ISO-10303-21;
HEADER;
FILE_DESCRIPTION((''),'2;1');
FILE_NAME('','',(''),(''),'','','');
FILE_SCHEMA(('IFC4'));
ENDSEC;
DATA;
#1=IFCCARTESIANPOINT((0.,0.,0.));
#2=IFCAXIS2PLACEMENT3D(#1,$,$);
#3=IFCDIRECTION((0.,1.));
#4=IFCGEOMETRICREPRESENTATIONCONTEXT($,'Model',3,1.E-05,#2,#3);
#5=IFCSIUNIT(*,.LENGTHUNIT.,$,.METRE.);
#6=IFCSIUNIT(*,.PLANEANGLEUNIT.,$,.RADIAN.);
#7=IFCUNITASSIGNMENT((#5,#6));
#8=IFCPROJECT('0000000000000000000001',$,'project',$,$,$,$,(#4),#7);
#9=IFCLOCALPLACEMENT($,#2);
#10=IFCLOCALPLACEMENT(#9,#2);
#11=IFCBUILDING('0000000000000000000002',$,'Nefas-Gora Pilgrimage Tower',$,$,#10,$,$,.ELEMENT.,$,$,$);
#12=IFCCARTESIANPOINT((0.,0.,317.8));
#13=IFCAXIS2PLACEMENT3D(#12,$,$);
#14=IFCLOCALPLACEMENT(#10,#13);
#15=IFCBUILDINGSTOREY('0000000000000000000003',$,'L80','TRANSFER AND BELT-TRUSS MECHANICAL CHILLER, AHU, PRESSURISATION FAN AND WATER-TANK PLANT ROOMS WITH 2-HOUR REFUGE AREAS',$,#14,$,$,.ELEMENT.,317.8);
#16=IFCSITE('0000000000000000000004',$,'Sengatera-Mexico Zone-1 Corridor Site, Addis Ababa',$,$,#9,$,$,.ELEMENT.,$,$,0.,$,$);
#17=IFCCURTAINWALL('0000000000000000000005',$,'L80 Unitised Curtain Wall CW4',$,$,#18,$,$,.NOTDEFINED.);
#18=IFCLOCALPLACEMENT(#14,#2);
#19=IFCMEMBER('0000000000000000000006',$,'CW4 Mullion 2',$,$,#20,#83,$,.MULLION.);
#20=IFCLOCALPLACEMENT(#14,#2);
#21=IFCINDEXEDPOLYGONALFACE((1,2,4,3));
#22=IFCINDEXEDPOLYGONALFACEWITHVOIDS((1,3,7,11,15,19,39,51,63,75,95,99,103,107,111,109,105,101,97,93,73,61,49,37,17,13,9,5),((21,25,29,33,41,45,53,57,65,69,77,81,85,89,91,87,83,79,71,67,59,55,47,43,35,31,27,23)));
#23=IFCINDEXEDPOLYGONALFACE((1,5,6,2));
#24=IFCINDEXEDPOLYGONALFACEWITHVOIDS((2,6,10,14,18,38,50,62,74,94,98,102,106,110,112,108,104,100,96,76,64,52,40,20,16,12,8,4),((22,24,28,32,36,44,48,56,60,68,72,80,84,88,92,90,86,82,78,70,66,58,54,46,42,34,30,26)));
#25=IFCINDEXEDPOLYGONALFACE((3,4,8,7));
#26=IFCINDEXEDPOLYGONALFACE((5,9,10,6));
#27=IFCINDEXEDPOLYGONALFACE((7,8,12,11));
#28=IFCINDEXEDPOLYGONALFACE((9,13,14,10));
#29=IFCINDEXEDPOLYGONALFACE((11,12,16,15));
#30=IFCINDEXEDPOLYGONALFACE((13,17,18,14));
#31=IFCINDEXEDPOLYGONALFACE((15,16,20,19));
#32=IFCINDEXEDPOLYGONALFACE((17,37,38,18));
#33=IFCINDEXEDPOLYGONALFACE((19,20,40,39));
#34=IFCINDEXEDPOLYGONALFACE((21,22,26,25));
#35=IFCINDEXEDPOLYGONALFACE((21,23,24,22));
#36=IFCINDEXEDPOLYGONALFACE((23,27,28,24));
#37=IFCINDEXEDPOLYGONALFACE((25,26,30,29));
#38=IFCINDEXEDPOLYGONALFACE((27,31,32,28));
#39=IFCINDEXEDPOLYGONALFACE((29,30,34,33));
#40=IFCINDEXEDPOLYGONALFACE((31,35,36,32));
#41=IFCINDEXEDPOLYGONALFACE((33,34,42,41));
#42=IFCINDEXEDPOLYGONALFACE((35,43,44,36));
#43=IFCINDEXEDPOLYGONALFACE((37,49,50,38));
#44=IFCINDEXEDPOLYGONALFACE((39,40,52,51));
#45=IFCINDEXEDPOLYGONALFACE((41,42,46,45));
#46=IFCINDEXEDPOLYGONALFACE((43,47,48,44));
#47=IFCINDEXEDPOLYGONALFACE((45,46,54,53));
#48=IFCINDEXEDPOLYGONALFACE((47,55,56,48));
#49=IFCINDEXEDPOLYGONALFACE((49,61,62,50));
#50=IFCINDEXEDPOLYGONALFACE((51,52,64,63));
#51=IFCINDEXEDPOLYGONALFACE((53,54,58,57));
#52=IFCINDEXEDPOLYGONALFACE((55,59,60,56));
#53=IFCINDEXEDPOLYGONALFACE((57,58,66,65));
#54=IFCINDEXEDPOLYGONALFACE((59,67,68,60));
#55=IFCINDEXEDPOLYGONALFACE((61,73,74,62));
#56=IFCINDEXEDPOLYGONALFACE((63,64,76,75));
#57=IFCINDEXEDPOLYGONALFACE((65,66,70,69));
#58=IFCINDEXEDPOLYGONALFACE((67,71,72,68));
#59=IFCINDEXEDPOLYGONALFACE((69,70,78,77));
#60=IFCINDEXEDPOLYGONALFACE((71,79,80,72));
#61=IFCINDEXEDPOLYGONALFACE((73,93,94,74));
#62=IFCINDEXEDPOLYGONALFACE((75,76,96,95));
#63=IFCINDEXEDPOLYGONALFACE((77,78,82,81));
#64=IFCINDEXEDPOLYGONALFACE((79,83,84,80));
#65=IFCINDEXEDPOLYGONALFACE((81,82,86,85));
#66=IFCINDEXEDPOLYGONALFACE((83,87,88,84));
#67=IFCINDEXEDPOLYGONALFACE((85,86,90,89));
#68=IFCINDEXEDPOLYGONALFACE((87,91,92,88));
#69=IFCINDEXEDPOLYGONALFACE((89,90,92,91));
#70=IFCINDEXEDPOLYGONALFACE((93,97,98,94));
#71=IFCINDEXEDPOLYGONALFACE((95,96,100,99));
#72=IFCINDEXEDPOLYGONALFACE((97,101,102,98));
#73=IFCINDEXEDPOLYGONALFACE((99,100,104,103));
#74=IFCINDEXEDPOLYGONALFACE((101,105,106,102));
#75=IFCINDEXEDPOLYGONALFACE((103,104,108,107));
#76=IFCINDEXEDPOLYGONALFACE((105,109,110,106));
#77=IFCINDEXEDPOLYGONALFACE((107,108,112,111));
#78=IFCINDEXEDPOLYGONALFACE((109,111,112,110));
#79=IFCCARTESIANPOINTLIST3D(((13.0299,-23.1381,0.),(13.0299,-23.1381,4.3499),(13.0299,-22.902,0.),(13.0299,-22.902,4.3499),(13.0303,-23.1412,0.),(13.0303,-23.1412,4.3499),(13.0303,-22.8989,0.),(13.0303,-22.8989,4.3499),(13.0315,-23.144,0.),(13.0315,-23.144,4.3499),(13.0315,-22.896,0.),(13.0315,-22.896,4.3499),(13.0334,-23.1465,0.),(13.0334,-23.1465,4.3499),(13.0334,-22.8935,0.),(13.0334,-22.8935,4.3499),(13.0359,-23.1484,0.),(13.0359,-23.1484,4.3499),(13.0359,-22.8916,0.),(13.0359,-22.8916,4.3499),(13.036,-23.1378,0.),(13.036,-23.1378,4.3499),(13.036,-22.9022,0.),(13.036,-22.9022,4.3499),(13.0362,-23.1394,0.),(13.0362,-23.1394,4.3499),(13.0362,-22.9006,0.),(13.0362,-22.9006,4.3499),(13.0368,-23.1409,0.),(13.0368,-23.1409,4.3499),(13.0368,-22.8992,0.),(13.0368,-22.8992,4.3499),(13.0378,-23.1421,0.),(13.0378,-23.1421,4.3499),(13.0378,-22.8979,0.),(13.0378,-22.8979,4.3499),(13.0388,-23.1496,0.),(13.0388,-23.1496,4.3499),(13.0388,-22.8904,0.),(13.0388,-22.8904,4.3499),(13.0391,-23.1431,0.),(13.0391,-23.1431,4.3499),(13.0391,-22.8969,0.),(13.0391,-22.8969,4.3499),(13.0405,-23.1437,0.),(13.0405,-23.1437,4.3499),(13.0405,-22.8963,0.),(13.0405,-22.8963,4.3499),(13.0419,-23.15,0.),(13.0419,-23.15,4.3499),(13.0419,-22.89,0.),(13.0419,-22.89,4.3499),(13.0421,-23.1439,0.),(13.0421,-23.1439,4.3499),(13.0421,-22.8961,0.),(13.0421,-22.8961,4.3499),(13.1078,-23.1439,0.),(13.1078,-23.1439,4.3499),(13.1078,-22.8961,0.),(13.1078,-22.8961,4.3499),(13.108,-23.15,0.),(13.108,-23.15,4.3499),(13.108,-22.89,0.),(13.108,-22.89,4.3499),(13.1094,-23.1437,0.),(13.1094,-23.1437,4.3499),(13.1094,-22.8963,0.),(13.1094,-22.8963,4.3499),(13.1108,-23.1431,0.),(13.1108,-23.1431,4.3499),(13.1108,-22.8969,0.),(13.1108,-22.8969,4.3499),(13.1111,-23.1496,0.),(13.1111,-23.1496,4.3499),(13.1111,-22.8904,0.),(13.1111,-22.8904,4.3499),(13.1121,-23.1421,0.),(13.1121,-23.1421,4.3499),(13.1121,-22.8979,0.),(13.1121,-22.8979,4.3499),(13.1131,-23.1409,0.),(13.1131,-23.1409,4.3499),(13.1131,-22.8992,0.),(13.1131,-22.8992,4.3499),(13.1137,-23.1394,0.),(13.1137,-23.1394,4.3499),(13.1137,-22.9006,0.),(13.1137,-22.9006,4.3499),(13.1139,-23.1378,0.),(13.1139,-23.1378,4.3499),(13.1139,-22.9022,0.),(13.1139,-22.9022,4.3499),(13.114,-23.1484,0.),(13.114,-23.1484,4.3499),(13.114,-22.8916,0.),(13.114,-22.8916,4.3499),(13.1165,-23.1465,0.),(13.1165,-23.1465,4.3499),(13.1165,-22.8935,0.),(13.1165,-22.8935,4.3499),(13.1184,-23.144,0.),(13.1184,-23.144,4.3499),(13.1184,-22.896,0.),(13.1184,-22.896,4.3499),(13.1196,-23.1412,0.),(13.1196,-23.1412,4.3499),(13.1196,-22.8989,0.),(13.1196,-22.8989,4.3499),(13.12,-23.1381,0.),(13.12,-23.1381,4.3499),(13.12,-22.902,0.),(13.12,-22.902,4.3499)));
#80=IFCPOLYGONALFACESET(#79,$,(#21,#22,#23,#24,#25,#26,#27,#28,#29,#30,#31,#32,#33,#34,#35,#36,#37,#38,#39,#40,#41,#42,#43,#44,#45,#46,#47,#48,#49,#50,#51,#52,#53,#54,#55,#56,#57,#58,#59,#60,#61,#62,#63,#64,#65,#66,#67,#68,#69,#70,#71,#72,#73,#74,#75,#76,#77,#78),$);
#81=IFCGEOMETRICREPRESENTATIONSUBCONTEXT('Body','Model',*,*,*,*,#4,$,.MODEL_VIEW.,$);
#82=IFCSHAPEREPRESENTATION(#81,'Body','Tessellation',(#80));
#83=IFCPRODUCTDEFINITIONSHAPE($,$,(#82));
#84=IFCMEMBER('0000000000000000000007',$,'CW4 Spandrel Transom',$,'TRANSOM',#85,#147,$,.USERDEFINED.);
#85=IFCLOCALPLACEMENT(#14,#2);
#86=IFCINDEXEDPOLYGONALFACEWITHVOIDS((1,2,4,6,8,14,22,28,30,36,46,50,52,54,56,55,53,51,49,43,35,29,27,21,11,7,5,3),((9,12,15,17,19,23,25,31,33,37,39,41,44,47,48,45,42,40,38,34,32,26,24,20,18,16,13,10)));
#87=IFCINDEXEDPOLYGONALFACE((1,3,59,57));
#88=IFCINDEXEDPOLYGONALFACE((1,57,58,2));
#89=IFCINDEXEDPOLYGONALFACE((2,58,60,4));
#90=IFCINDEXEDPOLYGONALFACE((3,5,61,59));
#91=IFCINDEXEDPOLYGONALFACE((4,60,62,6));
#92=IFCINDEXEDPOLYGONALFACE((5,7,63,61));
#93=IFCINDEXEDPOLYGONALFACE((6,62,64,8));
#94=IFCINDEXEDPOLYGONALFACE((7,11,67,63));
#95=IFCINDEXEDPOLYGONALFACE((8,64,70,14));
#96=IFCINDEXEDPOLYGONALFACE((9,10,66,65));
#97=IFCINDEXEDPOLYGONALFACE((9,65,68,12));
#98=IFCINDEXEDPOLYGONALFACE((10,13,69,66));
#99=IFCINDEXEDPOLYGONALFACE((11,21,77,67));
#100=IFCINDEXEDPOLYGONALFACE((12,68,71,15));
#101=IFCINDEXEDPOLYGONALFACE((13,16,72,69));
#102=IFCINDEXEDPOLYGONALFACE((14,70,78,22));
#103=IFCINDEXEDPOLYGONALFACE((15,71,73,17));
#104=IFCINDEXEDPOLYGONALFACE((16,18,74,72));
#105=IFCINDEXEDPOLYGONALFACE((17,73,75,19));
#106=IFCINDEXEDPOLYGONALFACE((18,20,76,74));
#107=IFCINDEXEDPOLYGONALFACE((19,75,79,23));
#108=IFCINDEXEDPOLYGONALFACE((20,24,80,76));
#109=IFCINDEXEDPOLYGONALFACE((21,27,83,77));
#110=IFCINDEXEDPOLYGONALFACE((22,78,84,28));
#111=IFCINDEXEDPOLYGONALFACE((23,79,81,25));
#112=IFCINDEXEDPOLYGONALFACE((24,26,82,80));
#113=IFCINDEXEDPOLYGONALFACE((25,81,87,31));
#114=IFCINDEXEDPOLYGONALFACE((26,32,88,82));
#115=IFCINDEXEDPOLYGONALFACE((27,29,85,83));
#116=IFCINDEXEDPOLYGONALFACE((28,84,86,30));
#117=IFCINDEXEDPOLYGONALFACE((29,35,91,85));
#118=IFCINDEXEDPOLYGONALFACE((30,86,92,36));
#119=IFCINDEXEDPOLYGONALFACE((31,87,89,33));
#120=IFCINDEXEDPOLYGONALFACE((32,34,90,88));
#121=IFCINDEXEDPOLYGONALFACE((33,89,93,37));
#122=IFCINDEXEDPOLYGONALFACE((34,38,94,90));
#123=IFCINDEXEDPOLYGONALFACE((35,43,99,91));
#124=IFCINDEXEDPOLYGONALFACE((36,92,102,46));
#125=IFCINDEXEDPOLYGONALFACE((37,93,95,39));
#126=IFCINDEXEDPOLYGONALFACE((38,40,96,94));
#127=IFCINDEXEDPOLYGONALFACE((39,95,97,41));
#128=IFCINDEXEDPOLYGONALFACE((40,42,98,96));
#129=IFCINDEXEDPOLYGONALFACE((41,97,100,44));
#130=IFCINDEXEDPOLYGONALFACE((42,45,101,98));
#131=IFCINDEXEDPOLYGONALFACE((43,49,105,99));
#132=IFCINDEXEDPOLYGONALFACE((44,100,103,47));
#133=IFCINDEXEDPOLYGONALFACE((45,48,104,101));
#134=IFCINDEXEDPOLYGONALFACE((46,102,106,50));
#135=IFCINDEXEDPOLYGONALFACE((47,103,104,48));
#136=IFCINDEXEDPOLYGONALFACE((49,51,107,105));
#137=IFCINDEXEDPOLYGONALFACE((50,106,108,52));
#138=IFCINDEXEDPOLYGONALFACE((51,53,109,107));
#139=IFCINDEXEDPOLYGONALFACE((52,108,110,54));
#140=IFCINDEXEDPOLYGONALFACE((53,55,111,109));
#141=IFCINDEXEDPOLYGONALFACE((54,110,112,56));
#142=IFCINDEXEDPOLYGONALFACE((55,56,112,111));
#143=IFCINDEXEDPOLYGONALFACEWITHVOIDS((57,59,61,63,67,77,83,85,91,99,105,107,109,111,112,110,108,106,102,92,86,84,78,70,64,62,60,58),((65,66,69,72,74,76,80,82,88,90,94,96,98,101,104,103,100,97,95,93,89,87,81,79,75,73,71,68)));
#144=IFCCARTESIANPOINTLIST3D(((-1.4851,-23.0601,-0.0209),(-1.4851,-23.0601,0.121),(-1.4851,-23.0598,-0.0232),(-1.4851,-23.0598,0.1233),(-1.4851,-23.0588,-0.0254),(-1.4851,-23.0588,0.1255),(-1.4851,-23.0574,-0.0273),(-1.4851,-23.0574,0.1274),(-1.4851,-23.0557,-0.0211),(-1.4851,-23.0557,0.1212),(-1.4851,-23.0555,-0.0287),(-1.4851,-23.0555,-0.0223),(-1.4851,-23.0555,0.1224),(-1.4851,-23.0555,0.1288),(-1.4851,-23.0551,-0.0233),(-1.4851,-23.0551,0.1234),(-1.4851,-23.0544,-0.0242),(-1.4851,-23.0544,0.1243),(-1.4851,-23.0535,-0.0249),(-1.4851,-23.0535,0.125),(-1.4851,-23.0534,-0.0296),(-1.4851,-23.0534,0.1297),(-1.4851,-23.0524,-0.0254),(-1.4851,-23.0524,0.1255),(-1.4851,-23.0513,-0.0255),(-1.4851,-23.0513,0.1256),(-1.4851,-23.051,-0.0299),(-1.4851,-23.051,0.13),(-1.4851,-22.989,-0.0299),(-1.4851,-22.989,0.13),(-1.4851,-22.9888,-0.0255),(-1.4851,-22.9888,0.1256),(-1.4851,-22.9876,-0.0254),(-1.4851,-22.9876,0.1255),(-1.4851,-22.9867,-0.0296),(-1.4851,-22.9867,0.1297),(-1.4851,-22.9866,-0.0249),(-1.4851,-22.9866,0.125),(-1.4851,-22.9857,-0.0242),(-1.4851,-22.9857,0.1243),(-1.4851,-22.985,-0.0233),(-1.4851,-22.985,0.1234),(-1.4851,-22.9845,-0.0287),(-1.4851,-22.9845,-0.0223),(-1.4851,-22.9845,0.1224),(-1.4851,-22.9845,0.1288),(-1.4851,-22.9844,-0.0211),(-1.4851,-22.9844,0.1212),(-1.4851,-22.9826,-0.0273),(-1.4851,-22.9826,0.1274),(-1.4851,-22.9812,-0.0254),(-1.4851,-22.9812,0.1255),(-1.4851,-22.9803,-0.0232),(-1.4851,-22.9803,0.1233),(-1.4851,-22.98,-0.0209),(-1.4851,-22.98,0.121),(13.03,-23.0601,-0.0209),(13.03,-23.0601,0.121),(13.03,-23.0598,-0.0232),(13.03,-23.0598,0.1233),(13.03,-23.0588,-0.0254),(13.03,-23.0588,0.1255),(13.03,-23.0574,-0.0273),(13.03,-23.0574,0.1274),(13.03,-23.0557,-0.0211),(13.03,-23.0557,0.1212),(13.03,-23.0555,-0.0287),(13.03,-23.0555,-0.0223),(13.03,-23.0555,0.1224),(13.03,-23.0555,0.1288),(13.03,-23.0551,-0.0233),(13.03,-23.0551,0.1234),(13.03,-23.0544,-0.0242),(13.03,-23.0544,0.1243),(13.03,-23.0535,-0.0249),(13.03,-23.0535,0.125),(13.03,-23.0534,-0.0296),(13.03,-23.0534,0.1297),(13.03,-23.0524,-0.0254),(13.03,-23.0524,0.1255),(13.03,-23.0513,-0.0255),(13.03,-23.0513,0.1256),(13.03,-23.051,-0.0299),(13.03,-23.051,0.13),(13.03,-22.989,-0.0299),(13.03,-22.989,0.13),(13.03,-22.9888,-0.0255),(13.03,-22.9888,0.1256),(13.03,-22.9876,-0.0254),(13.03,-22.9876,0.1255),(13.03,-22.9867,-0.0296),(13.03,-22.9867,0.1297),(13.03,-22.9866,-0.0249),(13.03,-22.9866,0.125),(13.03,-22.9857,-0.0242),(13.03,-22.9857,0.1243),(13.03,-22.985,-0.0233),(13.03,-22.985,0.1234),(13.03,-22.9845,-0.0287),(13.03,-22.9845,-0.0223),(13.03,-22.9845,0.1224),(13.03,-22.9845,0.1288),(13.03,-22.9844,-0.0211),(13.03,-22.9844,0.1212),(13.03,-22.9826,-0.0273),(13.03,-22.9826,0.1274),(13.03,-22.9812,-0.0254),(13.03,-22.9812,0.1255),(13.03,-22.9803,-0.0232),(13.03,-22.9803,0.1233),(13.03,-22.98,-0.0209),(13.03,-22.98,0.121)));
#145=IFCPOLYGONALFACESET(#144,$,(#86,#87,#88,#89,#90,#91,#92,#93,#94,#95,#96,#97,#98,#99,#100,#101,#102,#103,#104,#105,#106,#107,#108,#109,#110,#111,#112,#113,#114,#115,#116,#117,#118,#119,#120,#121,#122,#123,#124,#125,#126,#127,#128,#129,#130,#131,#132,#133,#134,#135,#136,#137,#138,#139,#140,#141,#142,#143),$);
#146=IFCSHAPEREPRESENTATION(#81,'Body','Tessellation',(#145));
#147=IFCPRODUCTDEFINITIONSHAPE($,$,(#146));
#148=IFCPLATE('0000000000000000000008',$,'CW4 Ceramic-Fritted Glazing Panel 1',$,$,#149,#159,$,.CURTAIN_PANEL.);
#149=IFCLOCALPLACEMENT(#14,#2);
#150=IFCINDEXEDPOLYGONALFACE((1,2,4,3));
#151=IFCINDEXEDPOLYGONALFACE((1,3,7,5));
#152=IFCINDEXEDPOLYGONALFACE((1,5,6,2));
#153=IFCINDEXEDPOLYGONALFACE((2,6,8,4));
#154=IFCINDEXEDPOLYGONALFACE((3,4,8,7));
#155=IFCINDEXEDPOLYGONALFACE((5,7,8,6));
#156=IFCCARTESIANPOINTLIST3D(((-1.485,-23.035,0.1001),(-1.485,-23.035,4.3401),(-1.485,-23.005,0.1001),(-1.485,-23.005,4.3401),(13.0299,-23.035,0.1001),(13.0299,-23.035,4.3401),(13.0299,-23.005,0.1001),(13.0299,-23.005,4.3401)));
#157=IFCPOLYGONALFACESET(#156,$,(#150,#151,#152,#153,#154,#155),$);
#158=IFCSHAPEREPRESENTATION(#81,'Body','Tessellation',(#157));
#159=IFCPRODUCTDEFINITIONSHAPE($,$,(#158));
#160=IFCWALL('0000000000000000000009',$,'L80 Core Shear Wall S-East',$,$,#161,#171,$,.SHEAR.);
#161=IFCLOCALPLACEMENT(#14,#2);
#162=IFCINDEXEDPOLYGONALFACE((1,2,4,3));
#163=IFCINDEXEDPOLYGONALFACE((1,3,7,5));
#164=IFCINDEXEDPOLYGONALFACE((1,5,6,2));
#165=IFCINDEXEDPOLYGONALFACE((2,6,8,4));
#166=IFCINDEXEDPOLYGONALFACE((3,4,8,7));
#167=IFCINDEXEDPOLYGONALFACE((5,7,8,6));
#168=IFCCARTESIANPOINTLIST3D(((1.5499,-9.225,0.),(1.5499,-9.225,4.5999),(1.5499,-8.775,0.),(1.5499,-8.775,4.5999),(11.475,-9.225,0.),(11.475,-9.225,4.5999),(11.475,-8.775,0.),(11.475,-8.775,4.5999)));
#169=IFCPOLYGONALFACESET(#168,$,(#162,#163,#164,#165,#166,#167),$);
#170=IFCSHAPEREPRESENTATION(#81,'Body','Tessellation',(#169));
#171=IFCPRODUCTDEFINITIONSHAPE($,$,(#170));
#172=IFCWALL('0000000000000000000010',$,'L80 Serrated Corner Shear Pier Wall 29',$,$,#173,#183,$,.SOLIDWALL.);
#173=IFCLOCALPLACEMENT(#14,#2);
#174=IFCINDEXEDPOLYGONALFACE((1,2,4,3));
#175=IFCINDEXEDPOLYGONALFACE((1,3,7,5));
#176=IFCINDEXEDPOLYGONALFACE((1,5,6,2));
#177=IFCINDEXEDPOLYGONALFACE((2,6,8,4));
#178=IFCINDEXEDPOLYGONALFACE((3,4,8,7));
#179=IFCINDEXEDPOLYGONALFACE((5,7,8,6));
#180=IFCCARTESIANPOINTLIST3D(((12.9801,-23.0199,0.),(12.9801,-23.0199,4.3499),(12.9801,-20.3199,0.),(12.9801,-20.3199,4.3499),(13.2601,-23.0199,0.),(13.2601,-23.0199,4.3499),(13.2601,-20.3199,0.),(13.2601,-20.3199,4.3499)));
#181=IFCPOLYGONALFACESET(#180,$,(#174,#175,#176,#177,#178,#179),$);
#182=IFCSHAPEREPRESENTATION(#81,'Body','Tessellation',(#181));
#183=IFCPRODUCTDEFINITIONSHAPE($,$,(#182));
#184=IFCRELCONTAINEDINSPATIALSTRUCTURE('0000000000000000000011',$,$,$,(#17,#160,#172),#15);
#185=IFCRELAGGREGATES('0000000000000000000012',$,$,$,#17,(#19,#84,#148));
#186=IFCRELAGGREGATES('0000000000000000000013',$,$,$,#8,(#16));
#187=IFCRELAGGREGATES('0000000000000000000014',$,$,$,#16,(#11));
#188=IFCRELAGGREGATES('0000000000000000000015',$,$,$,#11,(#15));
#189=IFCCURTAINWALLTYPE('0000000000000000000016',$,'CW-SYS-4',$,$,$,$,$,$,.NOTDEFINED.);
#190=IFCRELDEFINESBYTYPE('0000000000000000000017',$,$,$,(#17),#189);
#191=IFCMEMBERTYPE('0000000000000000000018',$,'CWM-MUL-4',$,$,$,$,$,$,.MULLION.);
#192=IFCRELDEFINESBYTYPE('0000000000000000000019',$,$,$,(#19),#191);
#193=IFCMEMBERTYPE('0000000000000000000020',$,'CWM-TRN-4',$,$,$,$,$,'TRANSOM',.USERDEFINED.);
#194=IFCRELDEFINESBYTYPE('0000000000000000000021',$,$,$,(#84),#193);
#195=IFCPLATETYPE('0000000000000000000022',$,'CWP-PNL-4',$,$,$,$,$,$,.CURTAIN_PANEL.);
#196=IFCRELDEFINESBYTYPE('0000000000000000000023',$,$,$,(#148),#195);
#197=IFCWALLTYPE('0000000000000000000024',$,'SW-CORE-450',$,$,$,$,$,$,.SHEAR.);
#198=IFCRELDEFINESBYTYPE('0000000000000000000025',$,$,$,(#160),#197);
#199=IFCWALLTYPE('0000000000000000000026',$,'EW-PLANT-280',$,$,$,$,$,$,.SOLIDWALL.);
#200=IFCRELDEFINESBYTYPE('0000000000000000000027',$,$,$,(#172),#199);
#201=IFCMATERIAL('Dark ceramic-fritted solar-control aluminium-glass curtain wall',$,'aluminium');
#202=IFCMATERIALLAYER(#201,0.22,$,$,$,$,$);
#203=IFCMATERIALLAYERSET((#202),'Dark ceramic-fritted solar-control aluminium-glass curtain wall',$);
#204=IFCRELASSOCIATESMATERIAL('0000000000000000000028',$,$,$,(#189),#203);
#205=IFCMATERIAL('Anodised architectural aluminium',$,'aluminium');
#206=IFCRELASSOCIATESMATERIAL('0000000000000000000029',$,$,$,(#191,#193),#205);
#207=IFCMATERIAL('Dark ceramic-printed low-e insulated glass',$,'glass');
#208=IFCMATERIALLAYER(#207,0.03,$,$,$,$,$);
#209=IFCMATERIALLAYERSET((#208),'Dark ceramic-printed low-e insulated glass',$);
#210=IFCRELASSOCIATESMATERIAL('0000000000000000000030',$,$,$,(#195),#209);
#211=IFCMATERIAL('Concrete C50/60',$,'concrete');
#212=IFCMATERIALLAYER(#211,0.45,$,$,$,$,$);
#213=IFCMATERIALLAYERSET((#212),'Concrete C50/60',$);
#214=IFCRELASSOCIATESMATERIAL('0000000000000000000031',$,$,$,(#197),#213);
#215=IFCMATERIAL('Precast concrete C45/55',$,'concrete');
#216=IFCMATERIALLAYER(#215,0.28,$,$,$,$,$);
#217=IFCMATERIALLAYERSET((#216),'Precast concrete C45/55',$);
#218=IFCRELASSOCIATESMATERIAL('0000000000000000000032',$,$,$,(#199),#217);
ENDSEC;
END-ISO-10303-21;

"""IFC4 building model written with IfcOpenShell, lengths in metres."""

from ifc_helpers import new_model, si_unit, direction, frame, frame_2d, origin, origin_2d, place, context, subcontext, project, spatial, rectangle, hollow_rectangle, extrude, source, transform, mapped, material, layer, layer_set, material_profile, profile_set, type_object, element, aggregate, save


model = new_model("IFC4")

# Units and contexts
model_context = context("Model", 3, precision=1e-05, world=origin(), true_north=direction((0.0, 1.0)))
body_context = subcontext(model_context, "Body", "Model", "MODEL_VIEW")
ifc_project = project(units=[si_unit("LENGTHUNIT", "METRE"), si_unit("PLANEANGLEUNIT", "RADIAN")], contexts=[model_context])

# Site, building, storey
site_placement = place(None, origin())
site = spatial("IfcSite", under=ifc_project, at=site_placement, Name="Sengatera-Mexico Zone-1 Corridor Site, Addis Ababa", CompositionType="ELEMENT", RefElevation=0.0)
building_placement = place(site_placement, origin())
building = spatial("IfcBuilding", under=site, at=building_placement, Name="Nefas-Gora Pilgrimage Tower", CompositionType="ELEMENT")
storey_placement = place(building_placement, frame((0.0, 0.0, 317.8)))
storey = spatial("IfcBuildingStorey", under=building, at=storey_placement, Name="L80", Description="TRANSFER AND BELT-TRUSS MECHANICAL CHILLER, AHU, PRESSURISATION FAN AND WATER-TANK PLANT ROOMS WITH 2-HOUR REFUGE AREAS", CompositionType="ELEMENT", Elevation=317.8)

# Shared definitions
ifc_material_1 = material(Name="Concrete C50/60", Category="concrete")

# Curtain wall, members, plate
ifc_material_2 = material(Name="Dark ceramic-fritted solar-control aluminium-glass curtain wall", Category="aluminium")
ifc_layer_1 = layer(ifc_material_2, 0.22)
ifc_layer_set_1 = layer_set([ifc_layer_1], Name="Dark ceramic-fritted solar-control aluminium-glass curtain wall")
curtain_wall_type = type_object("IfcCurtainWallType", Name="CW-SYS-4", PredefinedType="NOTDEFINED", material=ifc_layer_set_1)
curtain_wall_placement = place(storey_placement, origin())
curtain_wall = element("IfcCurtainWall", 1, at=curtain_wall_placement, inside=storey, type_object=curtain_wall_type, Name="L80 Unitised Curtain Wall CW4", PredefinedType="NOTDEFINED")
ifc_material_3 = material(Name="Anodised architectural aluminium", Category="aluminium")
ifc_material_profile_1 = material_profile(ifc_material_3, hollow_rectangle(XDim=0.0901, YDim=0.26, WallThickness=0.0061, InnerFilletRadius=0.0061, OuterFilletRadius=0.012, at=origin_2d()), Name="ALU MULLION 90x260")
ifc_profile_set_1 = profile_set([ifc_material_profile_1], Name="Anodised architectural aluminium")
member_type_1 = type_object("IfcMemberType", Name="CWM-MUL-4", PredefinedType="MULLION", material=ifc_profile_set_1)
shared_shape_1 = source(origin(), body_context, "Body", "SweptSolid", [
    extrude(hollow_rectangle(XDim=0.0901, YDim=0.26, WallThickness=0.0061, InnerFilletRadius=0.0061, OuterFilletRadius=0.012, at=origin_2d()), origin(), (0.0, 0.0, 1.0), 4.3499),
])
member_1_placement = place(storey_placement, frame((13.075, -23.02, 0.0), z_axis=(0.0, 0.0, 1.0), x_axis=(1.0, 0.0, 0.0)))
member_1 = element("IfcMember", 2, at=member_1_placement, type_object=member_type_1, Name="CW4 Mullion 2", PredefinedType="MULLION", context=body_context, shape_type="MappedRepresentation", body=[
    mapped(shared_shape_1, transform((0.0, 0.0, 0.0), x_axis=(1.0, 0.0, 0.0), y_axis=(0.0, 1.0, 0.0), z_axis=(0.0, 0.0, 1.0), scale=1.0)),
])
ifc_material_profile_2 = material_profile(ifc_material_3, hollow_rectangle(XDim=0.0801, YDim=0.1599, WallThickness=0.0044, InnerFilletRadius=0.0044, OuterFilletRadius=0.009, at=origin_2d()), Name="ALU TRANSOM 80x160")
ifc_profile_set_2 = profile_set([ifc_material_profile_2], Name="Anodised architectural aluminium")
member_type_2 = type_object("IfcMemberType", Name="CWM-TRN-4", ElementType="TRANSOM", PredefinedType="USERDEFINED", material=ifc_profile_set_2)
shared_shape_2 = source(origin(), body_context, "Body", "SweptSolid", [
    extrude(hollow_rectangle(XDim=0.0801, YDim=0.1599, WallThickness=0.0044, InnerFilletRadius=0.0044, OuterFilletRadius=0.009, at=origin_2d()), origin(), (0.0, 0.0, 1.0), 14.5151),
])
member_2_placement = place(storey_placement, frame((-1.4851, -23.02, 0.05), z_axis=(1.0, 0.0, 0.0), x_axis=(0.0, 1.0, 0.0)))
member_2 = element("IfcMember", 3, at=member_2_placement, type_object=member_type_2, Name="CW4 Spandrel Transom", ObjectType="TRANSOM", PredefinedType="USERDEFINED", context=body_context, shape_type="MappedRepresentation", body=[
    mapped(shared_shape_2, transform((0.0, 0.0, 0.0), x_axis=(1.0, 0.0, 0.0), y_axis=(0.0, 1.0, 0.0), z_axis=(0.0, 0.0, 1.0), scale=1.0)),
])
ifc_material_4 = material(Name="Dark ceramic-printed low-e insulated glass", Category="glass")
ifc_layer_2 = layer(ifc_material_4, 0.03)
ifc_layer_set_2 = layer_set([ifc_layer_2], Name="Dark ceramic-printed low-e insulated glass")
plate_type = type_object("IfcPlateType", Name="CWP-PNL-4", PredefinedType="CURTAIN_PANEL", material=ifc_layer_set_2)
shared_shape_3 = source(origin(), body_context, "Body", "SweptSolid", [
    extrude(rectangle(XDim=14.5149, YDim=0.03, at=origin_2d()), origin(), (0.0, 0.0, 1.0), 4.24),
])
plate_placement = place(storey_placement, frame((5.7725, -23.02, 0.1001), z_axis=(0.0, 0.0, 1.0), x_axis=(1.0, 0.0, 0.0)))
plate = element("IfcPlate", 4, at=plate_placement, type_object=plate_type, Name="CW4 Ceramic-Fritted Glazing Panel 1", PredefinedType="CURTAIN_PANEL", context=body_context, shape_type="MappedRepresentation", body=[
    mapped(shared_shape_3, transform((0.0, 0.0, 0.0), x_axis=(1.0, 0.0, 0.0), y_axis=(0.0, 1.0, 0.0), z_axis=(0.0, 0.0, 1.0), scale=1.0)),
])
aggregate(curtain_wall, [member_1, member_2, plate])

# Walls
ifc_layer_3 = layer(ifc_material_1, 0.45)
ifc_layer_set_3 = layer_set([ifc_layer_3], Name="Concrete C50/60")
wall_type_1 = type_object("IfcWallType", Name="SW-CORE-450", PredefinedType="SHEAR", material=ifc_layer_set_3)
shared_shape_4 = source(origin(), body_context, "Body", "SweptSolid", [
    extrude(rectangle(XDim=9.925, YDim=0.45, at=frame_2d((4.9624, 0.0))), origin(), (0.0, 0.0, 1.0), 4.5999),
])
wall_1_placement = place(storey_placement, frame((1.55, -9.0, 0.0), z_axis=(0.0, 0.0, 1.0), x_axis=(1.0, 0.0, 0.0)))
element("IfcWall", 5, at=wall_1_placement, inside=storey, type_object=wall_type_1, Name="L80 Core Shear Wall S-East", PredefinedType="SHEAR", context=body_context, shape_type="MappedRepresentation", body=[
    mapped(shared_shape_4, transform((0.0, 0.0, 0.0), x_axis=(1.0, 0.0, 0.0), y_axis=(0.0, 1.0, 0.0), z_axis=(0.0, 0.0, 1.0), scale=1.0)),
])
ifc_material_5 = material(Name="Precast concrete C45/55", Category="concrete")
ifc_layer_4 = layer(ifc_material_5, 0.28)
ifc_layer_set_4 = layer_set([ifc_layer_4], Name="Precast concrete C45/55")
wall_type_2 = type_object("IfcWallType", Name="EW-PLANT-280", PredefinedType="SOLIDWALL", material=ifc_layer_set_4)
shared_shape_5 = source(origin(), body_context, "Body", "SweptSolid", [
    extrude(rectangle(XDim=2.7, YDim=0.28, at=frame_2d((1.3501, 0.0))), origin(), (0.0, 0.0, 1.0), 4.3499),
])
wall_2_placement = place(storey_placement, frame((13.1201, -23.02, 0.0), z_axis=(0.0, 0.0, 1.0), x_axis=(0.0, 1.0, 0.0)))
element("IfcWall", 6, at=wall_2_placement, inside=storey, type_object=wall_type_2, Name="L80 Serrated Corner Shear Pier Wall 29", PredefinedType="SOLIDWALL", context=body_context, shape_type="MappedRepresentation", body=[
    mapped(shared_shape_5, transform((0.0, 0.0, 0.0), x_axis=(1.0, 0.0, 0.0), y_axis=(0.0, 1.0, 0.0), z_axis=(0.0, 0.0, 1.0), scale=1.0)),
])

save(model, "model.ifc")
